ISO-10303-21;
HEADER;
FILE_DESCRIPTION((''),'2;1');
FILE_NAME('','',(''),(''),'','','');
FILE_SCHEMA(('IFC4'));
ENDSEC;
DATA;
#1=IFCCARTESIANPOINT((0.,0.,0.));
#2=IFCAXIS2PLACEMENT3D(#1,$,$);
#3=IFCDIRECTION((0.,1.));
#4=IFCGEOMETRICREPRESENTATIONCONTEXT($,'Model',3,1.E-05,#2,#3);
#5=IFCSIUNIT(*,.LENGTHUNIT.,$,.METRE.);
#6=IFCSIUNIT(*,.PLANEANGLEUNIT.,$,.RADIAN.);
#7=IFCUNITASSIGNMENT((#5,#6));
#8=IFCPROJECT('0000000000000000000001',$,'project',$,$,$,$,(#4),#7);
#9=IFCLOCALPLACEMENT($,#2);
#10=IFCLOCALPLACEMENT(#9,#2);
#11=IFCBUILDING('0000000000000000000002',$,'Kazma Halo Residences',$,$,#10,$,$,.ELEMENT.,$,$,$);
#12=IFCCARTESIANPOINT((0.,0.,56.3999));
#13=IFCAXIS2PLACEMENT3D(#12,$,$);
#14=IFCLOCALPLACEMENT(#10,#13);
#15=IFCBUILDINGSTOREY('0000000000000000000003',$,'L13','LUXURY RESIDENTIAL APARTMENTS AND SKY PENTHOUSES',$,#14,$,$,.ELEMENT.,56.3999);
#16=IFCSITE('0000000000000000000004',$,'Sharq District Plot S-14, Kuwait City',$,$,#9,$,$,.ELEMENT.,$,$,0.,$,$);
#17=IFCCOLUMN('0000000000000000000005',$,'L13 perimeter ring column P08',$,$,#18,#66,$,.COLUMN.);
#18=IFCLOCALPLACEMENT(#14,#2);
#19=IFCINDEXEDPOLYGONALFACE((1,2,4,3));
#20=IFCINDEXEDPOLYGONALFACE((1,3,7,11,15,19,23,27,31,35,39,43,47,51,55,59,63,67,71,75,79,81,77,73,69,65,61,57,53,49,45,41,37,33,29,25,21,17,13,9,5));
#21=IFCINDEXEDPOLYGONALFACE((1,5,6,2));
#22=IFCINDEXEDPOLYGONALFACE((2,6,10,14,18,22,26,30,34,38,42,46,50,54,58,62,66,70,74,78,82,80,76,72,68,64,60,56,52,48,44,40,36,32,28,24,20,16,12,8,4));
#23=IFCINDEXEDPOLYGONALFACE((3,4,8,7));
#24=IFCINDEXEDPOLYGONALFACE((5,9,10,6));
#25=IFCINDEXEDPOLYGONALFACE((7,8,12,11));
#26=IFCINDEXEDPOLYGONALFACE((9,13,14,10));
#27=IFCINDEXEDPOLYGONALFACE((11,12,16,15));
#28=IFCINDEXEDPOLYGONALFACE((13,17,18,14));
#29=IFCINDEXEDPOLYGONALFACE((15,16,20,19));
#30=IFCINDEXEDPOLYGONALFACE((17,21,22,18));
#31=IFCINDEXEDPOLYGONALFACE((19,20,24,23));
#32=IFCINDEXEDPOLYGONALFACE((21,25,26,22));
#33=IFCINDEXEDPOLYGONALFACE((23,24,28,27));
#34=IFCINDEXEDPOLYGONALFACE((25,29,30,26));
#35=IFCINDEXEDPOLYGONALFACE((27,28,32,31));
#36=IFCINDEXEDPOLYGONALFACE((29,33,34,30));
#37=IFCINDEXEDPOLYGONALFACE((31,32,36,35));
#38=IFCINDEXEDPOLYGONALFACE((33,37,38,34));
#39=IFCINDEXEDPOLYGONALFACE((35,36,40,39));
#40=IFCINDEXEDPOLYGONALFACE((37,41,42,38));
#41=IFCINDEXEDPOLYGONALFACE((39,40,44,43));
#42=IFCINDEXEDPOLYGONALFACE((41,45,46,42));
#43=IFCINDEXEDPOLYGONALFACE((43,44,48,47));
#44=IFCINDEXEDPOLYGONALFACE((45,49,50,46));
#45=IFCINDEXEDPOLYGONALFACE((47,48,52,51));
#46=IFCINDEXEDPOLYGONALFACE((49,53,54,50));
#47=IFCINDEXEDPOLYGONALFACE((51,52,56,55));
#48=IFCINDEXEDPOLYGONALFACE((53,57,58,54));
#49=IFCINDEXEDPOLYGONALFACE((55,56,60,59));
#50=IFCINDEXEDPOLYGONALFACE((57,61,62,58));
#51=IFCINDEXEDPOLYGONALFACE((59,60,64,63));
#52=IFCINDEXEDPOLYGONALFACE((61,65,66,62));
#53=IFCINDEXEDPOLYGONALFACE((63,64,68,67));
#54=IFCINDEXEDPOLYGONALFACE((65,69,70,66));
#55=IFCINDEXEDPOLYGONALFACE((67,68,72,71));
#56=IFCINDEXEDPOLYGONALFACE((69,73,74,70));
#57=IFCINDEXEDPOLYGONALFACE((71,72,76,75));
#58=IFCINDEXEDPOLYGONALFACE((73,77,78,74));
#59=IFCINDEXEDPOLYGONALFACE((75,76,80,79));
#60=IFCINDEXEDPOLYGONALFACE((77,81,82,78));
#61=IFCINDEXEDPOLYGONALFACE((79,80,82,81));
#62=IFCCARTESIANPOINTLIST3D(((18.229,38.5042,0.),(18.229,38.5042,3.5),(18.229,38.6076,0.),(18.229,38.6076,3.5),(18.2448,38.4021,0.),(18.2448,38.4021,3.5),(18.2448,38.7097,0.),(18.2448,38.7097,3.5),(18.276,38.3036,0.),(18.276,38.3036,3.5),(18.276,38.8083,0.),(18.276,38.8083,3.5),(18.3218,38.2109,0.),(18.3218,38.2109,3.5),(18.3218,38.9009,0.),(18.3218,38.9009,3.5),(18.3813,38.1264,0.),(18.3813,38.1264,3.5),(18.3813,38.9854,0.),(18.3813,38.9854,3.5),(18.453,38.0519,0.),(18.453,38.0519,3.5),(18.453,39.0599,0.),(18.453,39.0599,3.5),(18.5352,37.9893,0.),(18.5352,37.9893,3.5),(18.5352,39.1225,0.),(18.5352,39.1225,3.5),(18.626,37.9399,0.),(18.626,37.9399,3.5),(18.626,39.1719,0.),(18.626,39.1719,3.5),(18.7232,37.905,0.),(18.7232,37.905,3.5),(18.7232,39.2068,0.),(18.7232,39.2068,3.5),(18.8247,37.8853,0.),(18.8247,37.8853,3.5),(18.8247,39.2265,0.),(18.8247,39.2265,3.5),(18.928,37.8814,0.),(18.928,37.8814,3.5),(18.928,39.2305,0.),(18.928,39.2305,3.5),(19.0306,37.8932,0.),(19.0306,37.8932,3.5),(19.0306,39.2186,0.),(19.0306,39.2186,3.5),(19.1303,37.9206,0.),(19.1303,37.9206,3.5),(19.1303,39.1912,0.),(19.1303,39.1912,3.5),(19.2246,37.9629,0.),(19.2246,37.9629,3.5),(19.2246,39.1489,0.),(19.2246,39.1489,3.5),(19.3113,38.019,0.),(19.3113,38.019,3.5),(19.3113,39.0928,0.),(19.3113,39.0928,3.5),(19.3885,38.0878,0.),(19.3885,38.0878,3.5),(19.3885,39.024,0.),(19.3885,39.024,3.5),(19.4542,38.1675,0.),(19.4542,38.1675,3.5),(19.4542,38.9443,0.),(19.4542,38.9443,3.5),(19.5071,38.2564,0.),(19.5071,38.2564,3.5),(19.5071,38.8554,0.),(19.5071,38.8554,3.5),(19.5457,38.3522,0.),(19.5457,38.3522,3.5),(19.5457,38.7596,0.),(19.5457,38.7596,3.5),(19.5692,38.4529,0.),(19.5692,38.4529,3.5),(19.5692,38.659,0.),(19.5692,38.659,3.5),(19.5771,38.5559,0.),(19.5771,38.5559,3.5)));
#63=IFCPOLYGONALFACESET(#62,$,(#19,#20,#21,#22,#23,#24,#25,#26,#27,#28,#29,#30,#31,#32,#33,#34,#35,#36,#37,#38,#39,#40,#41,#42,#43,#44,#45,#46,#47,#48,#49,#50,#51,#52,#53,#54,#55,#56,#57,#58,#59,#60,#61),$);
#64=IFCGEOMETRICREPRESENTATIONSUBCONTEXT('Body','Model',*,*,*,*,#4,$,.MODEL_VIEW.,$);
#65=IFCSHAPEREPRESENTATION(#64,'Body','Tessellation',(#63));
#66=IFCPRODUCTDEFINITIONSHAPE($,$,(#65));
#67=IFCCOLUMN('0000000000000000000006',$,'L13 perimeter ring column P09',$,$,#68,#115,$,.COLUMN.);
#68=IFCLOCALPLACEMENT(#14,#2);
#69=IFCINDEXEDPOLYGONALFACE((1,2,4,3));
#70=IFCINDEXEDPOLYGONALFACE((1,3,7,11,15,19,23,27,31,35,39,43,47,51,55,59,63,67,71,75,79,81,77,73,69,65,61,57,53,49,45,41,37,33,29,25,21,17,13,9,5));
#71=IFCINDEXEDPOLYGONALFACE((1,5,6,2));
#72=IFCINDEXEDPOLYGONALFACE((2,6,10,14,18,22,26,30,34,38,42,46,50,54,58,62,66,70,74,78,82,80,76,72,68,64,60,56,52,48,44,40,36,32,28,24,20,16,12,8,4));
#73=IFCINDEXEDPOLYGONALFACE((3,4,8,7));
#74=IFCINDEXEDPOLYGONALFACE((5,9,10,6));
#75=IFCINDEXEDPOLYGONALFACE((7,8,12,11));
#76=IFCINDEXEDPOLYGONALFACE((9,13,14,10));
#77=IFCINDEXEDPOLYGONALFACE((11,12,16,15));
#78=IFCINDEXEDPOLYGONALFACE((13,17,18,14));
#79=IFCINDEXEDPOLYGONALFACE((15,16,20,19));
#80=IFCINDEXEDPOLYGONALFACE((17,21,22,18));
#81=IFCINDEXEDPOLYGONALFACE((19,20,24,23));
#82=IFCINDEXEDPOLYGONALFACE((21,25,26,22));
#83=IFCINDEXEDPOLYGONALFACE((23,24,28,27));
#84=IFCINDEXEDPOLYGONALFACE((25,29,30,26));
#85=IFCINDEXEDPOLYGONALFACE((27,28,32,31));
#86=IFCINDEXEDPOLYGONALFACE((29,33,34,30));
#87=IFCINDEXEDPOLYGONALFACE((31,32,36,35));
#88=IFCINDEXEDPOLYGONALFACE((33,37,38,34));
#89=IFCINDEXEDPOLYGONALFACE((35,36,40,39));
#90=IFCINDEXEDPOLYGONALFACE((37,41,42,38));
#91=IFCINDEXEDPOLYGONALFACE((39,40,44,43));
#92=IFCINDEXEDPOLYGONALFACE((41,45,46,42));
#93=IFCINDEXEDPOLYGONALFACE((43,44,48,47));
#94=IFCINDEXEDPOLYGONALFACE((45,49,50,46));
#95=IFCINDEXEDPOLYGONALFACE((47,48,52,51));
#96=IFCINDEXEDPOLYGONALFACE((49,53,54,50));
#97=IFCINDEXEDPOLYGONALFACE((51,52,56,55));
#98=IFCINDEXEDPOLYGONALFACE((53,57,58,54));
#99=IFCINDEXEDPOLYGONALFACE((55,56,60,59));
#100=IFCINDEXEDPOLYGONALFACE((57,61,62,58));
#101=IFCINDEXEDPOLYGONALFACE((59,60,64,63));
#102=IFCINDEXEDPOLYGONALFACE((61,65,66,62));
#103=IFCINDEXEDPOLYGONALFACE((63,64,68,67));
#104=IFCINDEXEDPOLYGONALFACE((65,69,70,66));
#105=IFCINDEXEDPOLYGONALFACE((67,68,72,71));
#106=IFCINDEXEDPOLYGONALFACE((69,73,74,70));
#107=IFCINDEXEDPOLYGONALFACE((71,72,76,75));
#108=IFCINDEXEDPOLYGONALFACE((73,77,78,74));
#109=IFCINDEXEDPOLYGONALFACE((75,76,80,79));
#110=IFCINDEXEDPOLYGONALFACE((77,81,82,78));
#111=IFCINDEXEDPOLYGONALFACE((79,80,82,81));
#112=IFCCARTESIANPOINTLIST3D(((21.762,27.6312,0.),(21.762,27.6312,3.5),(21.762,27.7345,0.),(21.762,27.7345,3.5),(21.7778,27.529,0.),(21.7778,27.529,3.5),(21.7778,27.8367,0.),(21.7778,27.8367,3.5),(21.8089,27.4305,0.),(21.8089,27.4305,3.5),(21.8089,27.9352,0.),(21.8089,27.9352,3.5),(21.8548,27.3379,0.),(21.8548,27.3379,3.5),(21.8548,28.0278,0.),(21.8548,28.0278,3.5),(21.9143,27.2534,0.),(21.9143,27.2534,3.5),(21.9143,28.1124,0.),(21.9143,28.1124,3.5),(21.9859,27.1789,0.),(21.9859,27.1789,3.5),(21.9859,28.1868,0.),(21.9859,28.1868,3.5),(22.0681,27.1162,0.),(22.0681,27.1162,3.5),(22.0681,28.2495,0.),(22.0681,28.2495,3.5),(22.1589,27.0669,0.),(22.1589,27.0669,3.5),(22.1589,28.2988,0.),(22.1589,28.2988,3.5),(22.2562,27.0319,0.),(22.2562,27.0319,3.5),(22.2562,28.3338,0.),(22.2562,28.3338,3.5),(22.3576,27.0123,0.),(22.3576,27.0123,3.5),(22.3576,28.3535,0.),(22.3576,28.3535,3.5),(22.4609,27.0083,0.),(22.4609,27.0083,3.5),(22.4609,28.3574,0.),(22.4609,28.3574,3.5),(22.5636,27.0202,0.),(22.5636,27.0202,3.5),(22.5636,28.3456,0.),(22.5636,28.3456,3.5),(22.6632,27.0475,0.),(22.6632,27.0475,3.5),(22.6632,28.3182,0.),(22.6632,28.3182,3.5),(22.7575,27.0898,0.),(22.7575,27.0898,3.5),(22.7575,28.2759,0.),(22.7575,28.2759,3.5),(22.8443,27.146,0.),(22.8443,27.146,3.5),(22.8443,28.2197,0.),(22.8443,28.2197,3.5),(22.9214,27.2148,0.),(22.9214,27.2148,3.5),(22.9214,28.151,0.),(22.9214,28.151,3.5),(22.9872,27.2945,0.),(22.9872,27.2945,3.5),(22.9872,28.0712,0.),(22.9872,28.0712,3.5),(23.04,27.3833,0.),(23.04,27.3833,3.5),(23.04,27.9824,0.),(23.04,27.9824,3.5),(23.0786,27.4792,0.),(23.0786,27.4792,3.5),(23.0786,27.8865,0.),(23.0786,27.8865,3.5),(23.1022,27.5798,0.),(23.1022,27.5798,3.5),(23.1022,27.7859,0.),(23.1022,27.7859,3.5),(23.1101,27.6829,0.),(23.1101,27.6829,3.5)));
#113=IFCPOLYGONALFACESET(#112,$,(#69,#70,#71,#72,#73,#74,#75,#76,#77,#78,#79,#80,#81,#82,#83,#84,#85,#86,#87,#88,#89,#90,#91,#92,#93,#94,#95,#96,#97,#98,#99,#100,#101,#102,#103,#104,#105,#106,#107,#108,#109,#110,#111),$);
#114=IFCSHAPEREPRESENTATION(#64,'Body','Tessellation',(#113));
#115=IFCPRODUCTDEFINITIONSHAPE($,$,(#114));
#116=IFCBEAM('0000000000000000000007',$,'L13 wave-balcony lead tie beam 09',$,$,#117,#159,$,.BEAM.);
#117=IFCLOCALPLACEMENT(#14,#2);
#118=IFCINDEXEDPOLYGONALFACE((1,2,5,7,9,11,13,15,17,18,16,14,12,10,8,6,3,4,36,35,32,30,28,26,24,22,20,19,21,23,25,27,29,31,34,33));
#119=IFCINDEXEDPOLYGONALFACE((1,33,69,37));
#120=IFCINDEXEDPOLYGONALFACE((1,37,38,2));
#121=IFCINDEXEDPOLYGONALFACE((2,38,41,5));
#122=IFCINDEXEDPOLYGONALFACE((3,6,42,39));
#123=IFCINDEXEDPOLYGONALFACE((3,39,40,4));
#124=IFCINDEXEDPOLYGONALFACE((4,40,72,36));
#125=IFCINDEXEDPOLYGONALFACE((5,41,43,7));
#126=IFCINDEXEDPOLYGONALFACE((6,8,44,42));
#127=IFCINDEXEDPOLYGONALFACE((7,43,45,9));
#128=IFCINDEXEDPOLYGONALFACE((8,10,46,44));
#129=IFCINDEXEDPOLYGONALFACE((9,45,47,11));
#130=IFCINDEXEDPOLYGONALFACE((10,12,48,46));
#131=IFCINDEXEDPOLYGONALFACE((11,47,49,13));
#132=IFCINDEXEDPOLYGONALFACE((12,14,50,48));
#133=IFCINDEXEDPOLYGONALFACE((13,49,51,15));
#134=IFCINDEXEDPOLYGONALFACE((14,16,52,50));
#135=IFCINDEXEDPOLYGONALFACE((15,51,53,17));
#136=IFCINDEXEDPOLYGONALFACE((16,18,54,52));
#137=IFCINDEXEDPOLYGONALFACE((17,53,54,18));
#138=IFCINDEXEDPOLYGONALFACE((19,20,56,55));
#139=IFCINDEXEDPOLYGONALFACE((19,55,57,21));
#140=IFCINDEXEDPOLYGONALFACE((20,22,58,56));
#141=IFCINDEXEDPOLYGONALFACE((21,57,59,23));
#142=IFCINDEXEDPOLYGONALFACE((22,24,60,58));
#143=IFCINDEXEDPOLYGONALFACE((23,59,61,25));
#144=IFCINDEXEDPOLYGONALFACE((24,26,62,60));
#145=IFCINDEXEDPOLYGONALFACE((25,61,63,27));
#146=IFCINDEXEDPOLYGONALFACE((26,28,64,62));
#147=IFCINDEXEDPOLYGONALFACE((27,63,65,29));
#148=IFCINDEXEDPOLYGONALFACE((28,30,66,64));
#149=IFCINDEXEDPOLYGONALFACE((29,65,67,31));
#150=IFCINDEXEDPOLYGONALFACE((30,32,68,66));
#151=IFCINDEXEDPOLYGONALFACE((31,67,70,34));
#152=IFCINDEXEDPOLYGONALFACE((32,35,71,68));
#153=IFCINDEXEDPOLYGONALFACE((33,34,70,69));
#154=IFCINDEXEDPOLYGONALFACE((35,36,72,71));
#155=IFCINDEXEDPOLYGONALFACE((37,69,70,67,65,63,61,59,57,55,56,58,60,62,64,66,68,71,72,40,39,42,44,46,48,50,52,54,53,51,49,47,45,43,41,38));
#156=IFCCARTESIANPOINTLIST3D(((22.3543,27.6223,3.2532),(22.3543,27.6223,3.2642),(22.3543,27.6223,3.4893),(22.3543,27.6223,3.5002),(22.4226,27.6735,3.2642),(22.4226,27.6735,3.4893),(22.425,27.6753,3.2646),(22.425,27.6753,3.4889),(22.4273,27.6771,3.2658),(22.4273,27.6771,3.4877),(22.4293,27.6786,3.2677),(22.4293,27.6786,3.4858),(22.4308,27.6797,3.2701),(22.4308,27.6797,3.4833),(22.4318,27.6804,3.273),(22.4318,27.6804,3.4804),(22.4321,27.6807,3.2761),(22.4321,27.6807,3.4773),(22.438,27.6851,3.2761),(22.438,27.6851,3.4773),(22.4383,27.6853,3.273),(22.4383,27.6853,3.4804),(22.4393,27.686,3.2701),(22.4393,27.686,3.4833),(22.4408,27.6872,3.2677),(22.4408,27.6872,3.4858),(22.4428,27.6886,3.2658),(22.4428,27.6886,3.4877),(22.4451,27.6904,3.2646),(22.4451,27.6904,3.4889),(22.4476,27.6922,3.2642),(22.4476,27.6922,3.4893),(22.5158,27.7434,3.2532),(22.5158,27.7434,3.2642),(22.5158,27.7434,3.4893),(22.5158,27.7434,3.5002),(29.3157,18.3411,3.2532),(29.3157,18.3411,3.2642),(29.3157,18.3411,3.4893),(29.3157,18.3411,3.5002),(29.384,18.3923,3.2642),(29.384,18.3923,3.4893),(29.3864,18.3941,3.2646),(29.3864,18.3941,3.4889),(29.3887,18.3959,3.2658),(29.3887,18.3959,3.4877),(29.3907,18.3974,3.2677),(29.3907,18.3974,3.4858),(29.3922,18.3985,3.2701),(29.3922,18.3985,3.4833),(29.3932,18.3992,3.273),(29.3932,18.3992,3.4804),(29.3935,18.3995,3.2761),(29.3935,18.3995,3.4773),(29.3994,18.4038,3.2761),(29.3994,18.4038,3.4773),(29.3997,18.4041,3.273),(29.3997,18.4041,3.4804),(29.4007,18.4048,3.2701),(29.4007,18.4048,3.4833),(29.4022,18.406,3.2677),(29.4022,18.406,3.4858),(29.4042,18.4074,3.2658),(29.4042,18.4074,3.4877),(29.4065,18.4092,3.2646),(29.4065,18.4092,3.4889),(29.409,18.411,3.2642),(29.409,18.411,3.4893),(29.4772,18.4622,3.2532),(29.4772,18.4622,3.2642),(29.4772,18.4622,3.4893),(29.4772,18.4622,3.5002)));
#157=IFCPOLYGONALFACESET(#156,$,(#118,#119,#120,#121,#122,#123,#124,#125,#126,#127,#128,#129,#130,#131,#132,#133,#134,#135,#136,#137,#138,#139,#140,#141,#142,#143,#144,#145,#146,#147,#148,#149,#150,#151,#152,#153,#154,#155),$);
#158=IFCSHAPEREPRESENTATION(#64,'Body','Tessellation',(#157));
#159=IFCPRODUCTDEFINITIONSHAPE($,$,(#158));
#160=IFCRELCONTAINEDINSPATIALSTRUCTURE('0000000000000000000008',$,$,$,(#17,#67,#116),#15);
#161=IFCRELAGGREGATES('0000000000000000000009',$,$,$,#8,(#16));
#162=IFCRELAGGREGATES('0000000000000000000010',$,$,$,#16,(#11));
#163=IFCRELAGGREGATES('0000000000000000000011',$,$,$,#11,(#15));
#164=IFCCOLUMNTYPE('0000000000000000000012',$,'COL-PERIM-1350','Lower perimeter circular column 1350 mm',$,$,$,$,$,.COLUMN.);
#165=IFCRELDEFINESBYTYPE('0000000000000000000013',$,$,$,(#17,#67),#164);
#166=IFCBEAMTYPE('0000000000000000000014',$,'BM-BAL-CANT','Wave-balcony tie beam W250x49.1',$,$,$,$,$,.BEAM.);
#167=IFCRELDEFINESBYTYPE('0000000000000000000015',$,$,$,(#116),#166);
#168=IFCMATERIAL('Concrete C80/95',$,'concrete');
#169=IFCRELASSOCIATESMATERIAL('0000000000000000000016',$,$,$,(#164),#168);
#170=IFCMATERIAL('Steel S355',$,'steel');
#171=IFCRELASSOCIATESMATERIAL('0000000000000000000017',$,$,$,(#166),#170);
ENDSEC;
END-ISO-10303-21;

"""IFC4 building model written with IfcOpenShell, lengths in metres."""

from ifc_helpers import new_model, si_unit, direction, frame, origin, origin_2d, place, context, subcontext, project, spatial, circle, i_section, extrude, material, material_profile, profile_set, type_object, element, save


model = new_model("IFC4")

# Units and contexts
model_context = context("Model", 3, precision=1e-05, world=origin(), true_north=direction((0.0, 1.0)))
body_context = subcontext(model_context, "Body", "Model", "MODEL_VIEW")
ifc_project = project(units=[si_unit("LENGTHUNIT", "METRE"), si_unit("PLANEANGLEUNIT", "RADIAN")], contexts=[model_context])

# Site, building, storey
site_placement = place(None, origin())
site = spatial("IfcSite", under=ifc_project, at=site_placement, Name="Sharq District Plot S-14, Kuwait City", CompositionType="ELEMENT", RefElevation=0.0)
building_placement = place(site_placement, origin())
building = spatial("IfcBuilding", under=site, at=building_placement, Name="Kazma Halo Residences", CompositionType="ELEMENT")
storey_placement = place(building_placement, frame((0.0, 0.0, 56.3999)))
storey = spatial("IfcBuildingStorey", under=building, at=storey_placement, Name="L13", Description="LUXURY RESIDENTIAL APARTMENTS AND SKY PENTHOUSES", CompositionType="ELEMENT", Elevation=56.3999)

# Columns
ifc_material_1 = material(Name="Concrete C80/95", Category="concrete")
ifc_material_profile_1 = material_profile(ifc_material_1, circle(Radius=0.675, at=origin_2d()), Name="CIRC1350")
ifc_profile_set_1 = profile_set([ifc_material_profile_1], Name="Concrete C80/95")
column_type = type_object("IfcColumnType", Name="COL-PERIM-1350", Description="Lower perimeter circular column 1350 mm", PredefinedType="COLUMN", material=ifc_profile_set_1)
for number, where, z_axis, x_axis, name in (
    (1, (18.9021, 38.5559, 0.0), (0.0, 0.0, 1.0), (1.0, 0.0, 0.0), "L13 perimeter ring column P08"),
    (2, (22.4351, 27.6829, 0.0), (0.0, 0.0, 1.0), (1.0, 0.0, 0.0), "L13 perimeter ring column P09"),
):
    element("IfcColumn", number, at=place(storey_placement, frame(where, z_axis=z_axis, x_axis=x_axis)), inside=storey, type_object=column_type, Name=name, PredefinedType="COLUMN", context=body_context, shape_type="SweptSolid", body=[
        extrude(circle(Radius=0.675, at=origin_2d()), origin(), (0.0, 0.0, 1.0), 3.5),
    ])

# Beam
ifc_material_2 = material(Name="Steel S355", Category="steel")
ifc_material_profile_2 = material_profile(ifc_material_2, i_section(OverallWidth=0.2019, OverallDepth=0.2471, WebThickness=0.0073, FlangeThickness=0.011, FilletRadius=0.012, at=origin_2d()), Name="W250x49.1")
ifc_profile_set_2 = profile_set([ifc_material_profile_2], Name="Steel S355")
beam_type_1 = type_object("IfcBeamType", Name="BM-BAL-CANT", Description="Wave-balcony tie beam W250x49.1", PredefinedType="BEAM", material=ifc_profile_set_2)
beam_1_placement = place(storey_placement, frame((22.4351, 27.6829, 3.3767), z_axis=(0.600027, -0.79998, 0.0), x_axis=(0.79998, 0.600027, 0.0)))
element("IfcBeam", 3, at=beam_1_placement, inside=storey, type_object=beam_type_1, Name="L13 wave-balcony lead tie beam 09", PredefinedType="BEAM", context=body_context, shape_type="SweptSolid", body=[
    extrude(i_section(OverallWidth=0.2019, OverallDepth=0.2471, WebThickness=0.0073, FlangeThickness=0.011, FilletRadius=0.012, at=origin_2d()), origin(), (0.0, 0.0, 1.0), 11.6018),
])

save(model, "model.ifc")
